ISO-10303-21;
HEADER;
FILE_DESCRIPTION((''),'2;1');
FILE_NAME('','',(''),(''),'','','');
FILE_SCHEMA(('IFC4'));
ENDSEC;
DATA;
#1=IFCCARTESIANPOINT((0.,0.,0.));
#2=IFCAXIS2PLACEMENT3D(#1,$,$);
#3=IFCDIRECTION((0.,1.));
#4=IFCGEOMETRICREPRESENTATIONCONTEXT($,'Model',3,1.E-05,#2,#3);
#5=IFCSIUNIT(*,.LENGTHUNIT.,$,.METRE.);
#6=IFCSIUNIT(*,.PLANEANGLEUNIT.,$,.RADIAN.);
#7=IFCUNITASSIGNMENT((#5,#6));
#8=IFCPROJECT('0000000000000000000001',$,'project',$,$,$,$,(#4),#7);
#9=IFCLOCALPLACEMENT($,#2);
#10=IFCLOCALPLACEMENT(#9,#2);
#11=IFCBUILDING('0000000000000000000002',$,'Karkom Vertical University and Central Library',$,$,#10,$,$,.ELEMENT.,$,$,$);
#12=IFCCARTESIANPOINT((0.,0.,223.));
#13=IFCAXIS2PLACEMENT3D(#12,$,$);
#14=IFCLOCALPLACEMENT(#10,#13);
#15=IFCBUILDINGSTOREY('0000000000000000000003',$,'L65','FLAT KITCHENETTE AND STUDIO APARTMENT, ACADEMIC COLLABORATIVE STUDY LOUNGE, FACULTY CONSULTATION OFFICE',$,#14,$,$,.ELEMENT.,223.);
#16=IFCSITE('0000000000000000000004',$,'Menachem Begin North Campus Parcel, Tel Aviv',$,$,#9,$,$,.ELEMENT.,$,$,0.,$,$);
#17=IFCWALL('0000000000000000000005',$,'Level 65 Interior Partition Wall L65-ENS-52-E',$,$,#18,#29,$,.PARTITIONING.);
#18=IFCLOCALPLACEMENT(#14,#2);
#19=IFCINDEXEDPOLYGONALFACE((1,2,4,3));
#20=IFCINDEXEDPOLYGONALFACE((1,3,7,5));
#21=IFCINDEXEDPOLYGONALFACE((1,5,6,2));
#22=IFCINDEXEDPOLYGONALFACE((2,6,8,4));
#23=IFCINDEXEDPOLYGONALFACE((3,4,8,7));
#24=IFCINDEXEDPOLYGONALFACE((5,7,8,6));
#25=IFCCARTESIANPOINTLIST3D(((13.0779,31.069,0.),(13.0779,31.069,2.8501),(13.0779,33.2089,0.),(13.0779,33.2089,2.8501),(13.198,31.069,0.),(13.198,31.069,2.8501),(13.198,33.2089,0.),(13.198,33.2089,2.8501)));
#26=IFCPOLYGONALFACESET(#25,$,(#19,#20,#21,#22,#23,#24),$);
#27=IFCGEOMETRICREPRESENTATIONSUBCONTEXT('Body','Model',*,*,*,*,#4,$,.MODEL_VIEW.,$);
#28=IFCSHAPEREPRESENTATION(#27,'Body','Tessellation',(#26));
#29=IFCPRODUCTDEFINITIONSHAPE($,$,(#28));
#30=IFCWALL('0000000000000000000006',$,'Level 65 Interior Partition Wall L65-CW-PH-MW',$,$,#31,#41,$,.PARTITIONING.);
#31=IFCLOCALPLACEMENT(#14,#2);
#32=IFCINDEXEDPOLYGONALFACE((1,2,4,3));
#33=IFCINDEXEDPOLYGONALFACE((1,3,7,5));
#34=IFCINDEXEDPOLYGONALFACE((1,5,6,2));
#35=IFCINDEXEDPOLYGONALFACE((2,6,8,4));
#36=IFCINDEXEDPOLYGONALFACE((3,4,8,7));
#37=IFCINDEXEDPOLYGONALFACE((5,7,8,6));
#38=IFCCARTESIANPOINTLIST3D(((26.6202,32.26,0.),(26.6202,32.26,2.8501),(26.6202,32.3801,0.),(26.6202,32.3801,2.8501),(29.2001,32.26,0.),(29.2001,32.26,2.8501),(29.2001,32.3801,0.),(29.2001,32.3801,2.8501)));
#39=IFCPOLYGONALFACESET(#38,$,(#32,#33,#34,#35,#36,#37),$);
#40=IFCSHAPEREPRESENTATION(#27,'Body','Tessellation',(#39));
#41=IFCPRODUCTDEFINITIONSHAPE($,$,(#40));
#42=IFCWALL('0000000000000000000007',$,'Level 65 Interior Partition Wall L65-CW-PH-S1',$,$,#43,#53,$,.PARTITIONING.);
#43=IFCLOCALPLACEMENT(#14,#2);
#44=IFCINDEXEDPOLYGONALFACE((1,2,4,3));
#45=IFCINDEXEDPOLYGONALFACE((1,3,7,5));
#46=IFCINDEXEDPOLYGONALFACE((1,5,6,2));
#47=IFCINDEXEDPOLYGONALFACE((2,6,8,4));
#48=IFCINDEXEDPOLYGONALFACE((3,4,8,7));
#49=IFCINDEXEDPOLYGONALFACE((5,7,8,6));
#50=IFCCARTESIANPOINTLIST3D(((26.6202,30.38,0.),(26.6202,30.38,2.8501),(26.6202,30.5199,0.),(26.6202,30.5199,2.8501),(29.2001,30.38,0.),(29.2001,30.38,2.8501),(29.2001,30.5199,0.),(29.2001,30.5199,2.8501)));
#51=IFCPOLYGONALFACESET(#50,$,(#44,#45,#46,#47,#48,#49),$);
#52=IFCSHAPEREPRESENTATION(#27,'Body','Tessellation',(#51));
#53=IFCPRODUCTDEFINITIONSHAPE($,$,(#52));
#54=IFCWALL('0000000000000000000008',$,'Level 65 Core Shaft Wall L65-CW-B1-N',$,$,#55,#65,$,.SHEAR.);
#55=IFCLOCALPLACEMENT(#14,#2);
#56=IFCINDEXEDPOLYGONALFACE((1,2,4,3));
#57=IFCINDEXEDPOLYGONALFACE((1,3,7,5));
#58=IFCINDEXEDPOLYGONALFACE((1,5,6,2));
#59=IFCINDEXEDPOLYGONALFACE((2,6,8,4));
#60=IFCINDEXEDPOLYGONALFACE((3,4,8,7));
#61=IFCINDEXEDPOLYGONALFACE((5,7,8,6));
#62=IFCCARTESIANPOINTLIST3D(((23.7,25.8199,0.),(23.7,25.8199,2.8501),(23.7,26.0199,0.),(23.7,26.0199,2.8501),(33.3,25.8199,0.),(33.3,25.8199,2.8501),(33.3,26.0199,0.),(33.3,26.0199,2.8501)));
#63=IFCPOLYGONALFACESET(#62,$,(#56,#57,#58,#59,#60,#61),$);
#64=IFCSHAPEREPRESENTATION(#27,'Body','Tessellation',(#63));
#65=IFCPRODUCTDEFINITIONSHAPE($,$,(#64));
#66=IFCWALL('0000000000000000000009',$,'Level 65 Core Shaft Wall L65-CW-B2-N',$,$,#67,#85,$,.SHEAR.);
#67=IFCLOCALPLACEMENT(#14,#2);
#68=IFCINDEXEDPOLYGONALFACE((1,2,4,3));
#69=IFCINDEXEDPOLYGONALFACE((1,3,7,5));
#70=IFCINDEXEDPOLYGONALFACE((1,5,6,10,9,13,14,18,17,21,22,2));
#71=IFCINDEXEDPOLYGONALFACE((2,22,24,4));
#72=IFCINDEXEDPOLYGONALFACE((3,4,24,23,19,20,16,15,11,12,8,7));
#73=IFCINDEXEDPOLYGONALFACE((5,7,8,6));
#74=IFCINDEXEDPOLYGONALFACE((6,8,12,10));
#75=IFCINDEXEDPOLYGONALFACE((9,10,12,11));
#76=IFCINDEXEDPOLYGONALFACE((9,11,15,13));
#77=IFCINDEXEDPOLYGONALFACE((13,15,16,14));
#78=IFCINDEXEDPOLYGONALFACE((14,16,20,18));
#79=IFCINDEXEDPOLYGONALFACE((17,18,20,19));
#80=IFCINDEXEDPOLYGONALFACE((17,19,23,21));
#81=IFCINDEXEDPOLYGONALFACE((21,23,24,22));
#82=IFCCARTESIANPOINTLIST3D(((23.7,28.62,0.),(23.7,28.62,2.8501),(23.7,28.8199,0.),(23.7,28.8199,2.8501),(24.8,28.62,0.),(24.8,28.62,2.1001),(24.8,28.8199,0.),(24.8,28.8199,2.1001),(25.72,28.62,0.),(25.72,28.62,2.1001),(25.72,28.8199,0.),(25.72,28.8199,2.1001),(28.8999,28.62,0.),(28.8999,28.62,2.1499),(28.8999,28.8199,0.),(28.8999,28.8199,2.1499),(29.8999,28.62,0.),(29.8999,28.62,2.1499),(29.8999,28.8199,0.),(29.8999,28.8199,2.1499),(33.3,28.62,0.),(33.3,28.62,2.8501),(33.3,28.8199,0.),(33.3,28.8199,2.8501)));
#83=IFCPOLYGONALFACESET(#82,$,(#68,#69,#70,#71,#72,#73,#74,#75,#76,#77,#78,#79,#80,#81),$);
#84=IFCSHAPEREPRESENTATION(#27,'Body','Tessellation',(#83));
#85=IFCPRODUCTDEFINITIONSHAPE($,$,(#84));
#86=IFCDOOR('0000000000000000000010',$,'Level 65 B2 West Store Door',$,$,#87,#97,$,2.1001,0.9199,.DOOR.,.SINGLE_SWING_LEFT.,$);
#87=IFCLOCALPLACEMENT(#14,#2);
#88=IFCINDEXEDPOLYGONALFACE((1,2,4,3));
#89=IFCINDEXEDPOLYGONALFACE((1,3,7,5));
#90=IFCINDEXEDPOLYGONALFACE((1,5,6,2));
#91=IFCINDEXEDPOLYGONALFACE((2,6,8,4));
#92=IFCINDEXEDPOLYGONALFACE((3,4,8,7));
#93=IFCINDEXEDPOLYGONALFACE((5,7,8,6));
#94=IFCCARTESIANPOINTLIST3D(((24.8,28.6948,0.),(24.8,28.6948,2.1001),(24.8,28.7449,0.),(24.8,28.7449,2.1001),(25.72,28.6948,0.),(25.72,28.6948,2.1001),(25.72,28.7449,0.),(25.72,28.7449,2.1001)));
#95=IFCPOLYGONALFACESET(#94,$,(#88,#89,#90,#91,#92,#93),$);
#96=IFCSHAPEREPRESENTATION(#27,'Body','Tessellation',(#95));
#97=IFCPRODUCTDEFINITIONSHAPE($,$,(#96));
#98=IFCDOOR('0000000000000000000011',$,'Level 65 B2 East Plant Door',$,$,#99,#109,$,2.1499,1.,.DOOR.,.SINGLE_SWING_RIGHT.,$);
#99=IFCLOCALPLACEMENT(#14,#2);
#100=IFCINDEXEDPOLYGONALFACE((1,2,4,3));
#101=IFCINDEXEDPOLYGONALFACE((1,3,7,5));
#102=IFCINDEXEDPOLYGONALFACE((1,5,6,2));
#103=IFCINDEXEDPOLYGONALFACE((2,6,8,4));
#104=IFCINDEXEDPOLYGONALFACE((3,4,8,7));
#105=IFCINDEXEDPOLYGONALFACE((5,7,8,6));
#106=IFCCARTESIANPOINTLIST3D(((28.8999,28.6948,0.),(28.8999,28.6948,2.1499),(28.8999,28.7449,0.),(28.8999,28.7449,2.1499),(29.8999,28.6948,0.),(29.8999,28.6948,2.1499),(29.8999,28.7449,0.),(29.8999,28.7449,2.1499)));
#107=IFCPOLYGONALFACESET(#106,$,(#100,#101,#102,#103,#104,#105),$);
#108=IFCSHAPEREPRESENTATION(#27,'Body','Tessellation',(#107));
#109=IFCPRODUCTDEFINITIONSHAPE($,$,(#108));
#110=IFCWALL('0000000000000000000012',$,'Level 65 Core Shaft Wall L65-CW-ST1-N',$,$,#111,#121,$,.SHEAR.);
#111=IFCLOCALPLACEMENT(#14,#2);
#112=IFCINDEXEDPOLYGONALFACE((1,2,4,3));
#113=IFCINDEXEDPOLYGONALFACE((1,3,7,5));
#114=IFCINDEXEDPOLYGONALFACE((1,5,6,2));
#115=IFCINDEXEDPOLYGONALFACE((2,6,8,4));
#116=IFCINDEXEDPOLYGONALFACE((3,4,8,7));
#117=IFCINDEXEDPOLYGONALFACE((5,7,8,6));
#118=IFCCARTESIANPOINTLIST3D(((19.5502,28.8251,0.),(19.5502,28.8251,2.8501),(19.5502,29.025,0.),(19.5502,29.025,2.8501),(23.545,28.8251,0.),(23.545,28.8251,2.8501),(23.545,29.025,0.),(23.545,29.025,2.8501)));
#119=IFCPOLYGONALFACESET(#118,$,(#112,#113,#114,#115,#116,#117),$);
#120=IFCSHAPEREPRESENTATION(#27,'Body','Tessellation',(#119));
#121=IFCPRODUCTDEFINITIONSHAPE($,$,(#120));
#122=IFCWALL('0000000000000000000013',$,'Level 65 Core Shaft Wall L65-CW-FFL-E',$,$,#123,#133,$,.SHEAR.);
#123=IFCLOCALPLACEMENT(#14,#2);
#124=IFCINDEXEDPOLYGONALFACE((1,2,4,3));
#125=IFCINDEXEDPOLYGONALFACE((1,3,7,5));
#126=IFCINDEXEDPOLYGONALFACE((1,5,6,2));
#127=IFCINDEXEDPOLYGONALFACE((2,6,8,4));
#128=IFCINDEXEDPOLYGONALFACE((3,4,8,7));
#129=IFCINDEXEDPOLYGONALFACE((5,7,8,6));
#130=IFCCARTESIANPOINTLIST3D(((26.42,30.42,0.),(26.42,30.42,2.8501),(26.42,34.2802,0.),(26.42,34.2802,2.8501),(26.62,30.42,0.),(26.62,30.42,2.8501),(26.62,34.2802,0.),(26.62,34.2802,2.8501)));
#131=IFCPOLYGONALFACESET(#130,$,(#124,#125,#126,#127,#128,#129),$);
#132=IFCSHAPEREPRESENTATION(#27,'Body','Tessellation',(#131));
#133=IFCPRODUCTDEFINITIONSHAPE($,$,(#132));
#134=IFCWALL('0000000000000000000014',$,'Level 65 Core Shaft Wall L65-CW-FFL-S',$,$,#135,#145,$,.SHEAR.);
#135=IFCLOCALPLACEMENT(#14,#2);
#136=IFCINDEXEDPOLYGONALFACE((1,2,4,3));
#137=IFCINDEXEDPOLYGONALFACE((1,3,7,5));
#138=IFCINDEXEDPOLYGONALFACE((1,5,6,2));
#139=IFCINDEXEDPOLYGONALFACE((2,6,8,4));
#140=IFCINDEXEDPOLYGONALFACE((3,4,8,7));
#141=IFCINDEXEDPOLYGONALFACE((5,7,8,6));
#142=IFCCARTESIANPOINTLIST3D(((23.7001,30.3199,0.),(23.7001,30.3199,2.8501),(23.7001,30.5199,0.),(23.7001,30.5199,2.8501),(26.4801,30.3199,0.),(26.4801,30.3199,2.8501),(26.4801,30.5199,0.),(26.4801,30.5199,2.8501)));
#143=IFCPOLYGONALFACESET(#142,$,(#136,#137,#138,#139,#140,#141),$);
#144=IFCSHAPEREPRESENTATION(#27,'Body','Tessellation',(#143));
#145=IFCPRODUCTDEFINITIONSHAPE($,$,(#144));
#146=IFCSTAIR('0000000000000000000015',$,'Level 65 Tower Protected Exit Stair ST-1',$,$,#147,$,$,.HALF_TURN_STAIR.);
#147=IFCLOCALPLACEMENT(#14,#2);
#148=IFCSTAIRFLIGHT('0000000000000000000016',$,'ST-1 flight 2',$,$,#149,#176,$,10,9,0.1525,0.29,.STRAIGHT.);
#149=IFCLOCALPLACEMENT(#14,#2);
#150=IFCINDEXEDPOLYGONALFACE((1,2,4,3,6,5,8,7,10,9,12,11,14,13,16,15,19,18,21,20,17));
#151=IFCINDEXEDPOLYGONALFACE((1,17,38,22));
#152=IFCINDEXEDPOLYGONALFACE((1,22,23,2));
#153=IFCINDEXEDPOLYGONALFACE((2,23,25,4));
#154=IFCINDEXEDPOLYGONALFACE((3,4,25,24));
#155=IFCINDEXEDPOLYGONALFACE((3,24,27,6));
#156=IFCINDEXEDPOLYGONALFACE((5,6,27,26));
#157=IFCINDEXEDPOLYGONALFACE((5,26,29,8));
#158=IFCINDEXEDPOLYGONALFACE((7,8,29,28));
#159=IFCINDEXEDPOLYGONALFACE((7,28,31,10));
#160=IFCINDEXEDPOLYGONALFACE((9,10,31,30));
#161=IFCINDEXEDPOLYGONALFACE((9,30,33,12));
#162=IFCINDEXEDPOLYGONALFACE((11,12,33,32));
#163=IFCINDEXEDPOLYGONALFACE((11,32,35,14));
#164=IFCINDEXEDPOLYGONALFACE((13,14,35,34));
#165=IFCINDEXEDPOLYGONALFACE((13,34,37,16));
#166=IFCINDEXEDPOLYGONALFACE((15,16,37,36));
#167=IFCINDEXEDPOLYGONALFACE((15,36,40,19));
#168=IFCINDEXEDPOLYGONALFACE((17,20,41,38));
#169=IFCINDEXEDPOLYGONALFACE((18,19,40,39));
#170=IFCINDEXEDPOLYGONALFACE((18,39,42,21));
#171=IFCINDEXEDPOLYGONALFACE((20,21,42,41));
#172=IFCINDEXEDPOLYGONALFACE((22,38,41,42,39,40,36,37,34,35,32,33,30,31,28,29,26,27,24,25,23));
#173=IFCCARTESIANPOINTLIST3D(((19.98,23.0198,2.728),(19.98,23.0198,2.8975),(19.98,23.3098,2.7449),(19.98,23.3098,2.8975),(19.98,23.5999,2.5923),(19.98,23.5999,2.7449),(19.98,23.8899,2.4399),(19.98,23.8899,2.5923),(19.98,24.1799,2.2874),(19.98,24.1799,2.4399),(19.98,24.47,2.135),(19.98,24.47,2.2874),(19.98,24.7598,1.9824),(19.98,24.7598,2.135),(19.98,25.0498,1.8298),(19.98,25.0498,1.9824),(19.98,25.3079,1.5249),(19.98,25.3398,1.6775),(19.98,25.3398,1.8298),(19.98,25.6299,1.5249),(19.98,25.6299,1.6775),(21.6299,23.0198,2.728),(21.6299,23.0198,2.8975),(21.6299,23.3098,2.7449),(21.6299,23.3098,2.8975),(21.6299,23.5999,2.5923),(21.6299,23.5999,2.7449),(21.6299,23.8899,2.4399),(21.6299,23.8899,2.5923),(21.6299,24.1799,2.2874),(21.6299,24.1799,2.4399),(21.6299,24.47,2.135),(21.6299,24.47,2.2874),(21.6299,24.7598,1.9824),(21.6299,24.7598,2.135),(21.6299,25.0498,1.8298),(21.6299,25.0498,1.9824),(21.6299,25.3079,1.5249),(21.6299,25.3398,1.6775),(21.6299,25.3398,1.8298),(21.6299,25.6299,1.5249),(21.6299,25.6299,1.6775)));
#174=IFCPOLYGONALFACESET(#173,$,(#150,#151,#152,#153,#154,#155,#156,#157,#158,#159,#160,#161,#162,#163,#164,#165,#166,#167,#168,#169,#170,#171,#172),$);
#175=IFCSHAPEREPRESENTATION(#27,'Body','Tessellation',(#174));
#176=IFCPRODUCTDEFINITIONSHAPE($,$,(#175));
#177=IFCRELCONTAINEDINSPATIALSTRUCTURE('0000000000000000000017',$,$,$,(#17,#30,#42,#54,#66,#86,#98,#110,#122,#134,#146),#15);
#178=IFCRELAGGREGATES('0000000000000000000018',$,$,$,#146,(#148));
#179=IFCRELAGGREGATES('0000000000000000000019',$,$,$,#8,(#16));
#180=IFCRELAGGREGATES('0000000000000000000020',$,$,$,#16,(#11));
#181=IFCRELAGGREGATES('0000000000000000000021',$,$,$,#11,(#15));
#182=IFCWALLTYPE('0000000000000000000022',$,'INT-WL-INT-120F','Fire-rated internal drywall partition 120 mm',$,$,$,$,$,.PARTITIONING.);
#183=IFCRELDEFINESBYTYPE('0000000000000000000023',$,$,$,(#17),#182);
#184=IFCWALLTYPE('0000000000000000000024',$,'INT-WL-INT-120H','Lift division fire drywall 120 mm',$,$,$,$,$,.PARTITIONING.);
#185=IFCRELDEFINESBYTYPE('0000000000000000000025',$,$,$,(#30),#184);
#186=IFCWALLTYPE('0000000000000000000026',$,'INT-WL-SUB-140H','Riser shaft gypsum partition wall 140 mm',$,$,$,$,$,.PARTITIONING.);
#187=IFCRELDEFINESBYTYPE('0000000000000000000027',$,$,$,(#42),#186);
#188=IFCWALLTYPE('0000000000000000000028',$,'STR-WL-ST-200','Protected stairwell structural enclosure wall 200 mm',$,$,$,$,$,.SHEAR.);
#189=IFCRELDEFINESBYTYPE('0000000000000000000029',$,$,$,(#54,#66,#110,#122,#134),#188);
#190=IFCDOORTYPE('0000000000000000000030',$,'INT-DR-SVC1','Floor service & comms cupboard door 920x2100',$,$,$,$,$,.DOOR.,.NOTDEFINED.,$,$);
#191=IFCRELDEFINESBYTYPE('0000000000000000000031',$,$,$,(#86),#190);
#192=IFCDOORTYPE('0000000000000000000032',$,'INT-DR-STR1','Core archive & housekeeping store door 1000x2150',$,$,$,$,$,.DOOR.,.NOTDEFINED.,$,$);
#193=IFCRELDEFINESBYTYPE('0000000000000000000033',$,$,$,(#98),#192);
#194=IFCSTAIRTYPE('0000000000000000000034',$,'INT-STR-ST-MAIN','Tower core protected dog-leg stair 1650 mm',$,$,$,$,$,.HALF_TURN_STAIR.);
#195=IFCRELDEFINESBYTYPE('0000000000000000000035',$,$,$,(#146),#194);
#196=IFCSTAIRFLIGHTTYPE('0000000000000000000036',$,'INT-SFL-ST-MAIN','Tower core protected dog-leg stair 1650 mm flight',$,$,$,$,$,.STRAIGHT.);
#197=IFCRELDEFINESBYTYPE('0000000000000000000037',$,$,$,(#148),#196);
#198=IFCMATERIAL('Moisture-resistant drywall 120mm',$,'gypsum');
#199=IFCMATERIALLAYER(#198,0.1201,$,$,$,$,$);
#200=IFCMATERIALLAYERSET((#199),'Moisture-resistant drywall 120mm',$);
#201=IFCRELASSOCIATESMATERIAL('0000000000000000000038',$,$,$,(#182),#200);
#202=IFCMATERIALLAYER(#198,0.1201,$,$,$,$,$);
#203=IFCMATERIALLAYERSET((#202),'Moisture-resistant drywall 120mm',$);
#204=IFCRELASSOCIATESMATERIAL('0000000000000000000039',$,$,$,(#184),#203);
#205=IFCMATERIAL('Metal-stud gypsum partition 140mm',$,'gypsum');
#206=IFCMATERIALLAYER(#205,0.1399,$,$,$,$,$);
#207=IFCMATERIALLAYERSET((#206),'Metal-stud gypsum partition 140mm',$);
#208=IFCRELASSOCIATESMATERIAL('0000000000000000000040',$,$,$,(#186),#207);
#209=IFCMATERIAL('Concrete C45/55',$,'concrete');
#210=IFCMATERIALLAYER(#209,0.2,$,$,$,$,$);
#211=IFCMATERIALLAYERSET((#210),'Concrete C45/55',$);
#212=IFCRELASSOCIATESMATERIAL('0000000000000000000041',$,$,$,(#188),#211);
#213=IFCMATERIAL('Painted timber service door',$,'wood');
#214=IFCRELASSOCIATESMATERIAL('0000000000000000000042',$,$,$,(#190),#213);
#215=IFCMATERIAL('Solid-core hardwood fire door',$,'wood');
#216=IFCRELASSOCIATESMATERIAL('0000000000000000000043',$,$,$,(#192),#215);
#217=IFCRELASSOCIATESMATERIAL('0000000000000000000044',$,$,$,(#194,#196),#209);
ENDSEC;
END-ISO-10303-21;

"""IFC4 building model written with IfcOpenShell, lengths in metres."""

from ifc_helpers import new_model, si_unit, direction, frame, frame_2d, origin, origin_with_axes, place, context, subcontext, project, spatial, polyline, rectangle, outline, extrude, source, transform, mapped, material, layer, layer_set, type_object, element, fill, aggregate, save


model = new_model("IFC4")

# Units and contexts
model_context = context("Model", 3, precision=1e-05, world=origin(), true_north=direction((0.0, 1.0)))
body_context = subcontext(model_context, "Body", "Model", "MODEL_VIEW")
ifc_project = project(units=[si_unit("LENGTHUNIT", "METRE"), si_unit("PLANEANGLEUNIT", "RADIAN")], contexts=[model_context])

# Site, building, storey
site_placement = place(None, origin())
site = spatial("IfcSite", under=ifc_project, at=site_placement, Name="Menachem Begin North Campus Parcel, Tel Aviv", CompositionType="ELEMENT", RefElevation=0.0)
building_placement = place(site_placement, origin())
building = spatial("IfcBuilding", under=site, at=building_placement, Name="Karkom Vertical University and Central Library", CompositionType="ELEMENT")
storey_placement = place(building_placement, frame((0.0, 0.0, 223.0)))
storey = spatial("IfcBuildingStorey", under=building, at=storey_placement, Name="L65", Description="FLAT KITCHENETTE AND STUDIO APARTMENT, ACADEMIC COLLABORATIVE STUDY LOUNGE, FACULTY CONSULTATION OFFICE", CompositionType="ELEMENT", Elevation=223.0)

# Shared definitions
ifc_material_1 = material(Name="Moisture-resistant drywall 120mm", Category="gypsum")

# Shared definitions
ifc_layer_1 = layer(ifc_material_1, 0.1201)
ifc_layer_set_1 = layer_set([ifc_layer_1], Name="Moisture-resistant drywall 120mm")
wall_type_1 = type_object("IfcWallType", Name="INT-WL-INT-120F", Description="Fire-rated internal drywall partition 120 mm", PredefinedType="PARTITIONING", material=ifc_layer_set_1)

# Walls
wall_1_placement = place(storey_placement, frame((13.1379, 31.0691, 0.0), z_axis=(0.0, 0.0, 1.0), x_axis=(0.0, 1.0, 0.0)))
element("IfcWall", 1, at=wall_1_placement, inside=storey, type_object=wall_type_1, Name="Level 65 Interior Partition Wall L65-ENS-52-E", PredefinedType="PARTITIONING", context=body_context, shape_type="SweptSolid", body=[
    extrude(rectangle(XDim=2.1399, YDim=0.1201, at=frame_2d((1.0698, 0.0))), origin(), (0.0, 0.0, 1.0), 2.8501),
])
ifc_layer_2 = layer(ifc_material_1, 0.1201)
ifc_layer_set_2 = layer_set([ifc_layer_2], Name="Moisture-resistant drywall 120mm")
wall_type_2 = type_object("IfcWallType", Name="INT-WL-INT-120H", Description="Lift division fire drywall 120 mm", PredefinedType="PARTITIONING", material=ifc_layer_set_2)
wall_2_placement = place(storey_placement, frame((26.6201, 32.3201, 0.0), z_axis=(0.0, 0.0, 1.0), x_axis=(1.0, 0.0, 0.0)))
element("IfcWall", 2, at=wall_2_placement, inside=storey, type_object=wall_type_2, Name="Level 65 Interior Partition Wall L65-CW-PH-MW", PredefinedType="PARTITIONING", context=body_context, shape_type="SweptSolid", body=[
    extrude(rectangle(XDim=2.5798, YDim=0.1201, at=frame_2d((1.29, 0.0))), origin(), (0.0, 0.0, 1.0), 2.8501),
])
ifc_material_2 = material(Name="Metal-stud gypsum partition 140mm", Category="gypsum")
ifc_layer_3 = layer(ifc_material_2, 0.1399)
ifc_layer_set_3 = layer_set([ifc_layer_3], Name="Metal-stud gypsum partition 140mm")
wall_type_3 = type_object("IfcWallType", Name="INT-WL-SUB-140H", Description="Riser shaft gypsum partition wall 140 mm", PredefinedType="PARTITIONING", material=ifc_layer_set_3)
wall_3_placement = place(storey_placement, frame((26.6201, 30.45, 0.0), z_axis=(0.0, 0.0, 1.0), x_axis=(1.0, 0.0, 0.0)))
element("IfcWall", 3, at=wall_3_placement, inside=storey, type_object=wall_type_3, Name="Level 65 Interior Partition Wall L65-CW-PH-S1", PredefinedType="PARTITIONING", context=body_context, shape_type="SweptSolid", body=[
    extrude(rectangle(XDim=2.5798, YDim=0.1399, at=frame_2d((1.29, 0.0))), origin(), (0.0, 0.0, 1.0), 2.8501),
])
ifc_material_3 = material(Name="Concrete C45/55", Category="concrete")
ifc_layer_4 = layer(ifc_material_3, 0.2)
ifc_layer_set_4 = layer_set([ifc_layer_4], Name="Concrete C45/55")
wall_type_4 = type_object("IfcWallType", Name="STR-WL-ST-200", Description="Protected stairwell structural enclosure wall 200 mm", PredefinedType="SHEAR", material=ifc_layer_set_4)
wall_4_placement = place(storey_placement, frame((23.7, 25.9199, 0.0), z_axis=(0.0, 0.0, 1.0), x_axis=(1.0, 0.0, 0.0)))
element("IfcWall", 4, at=wall_4_placement, inside=storey, type_object=wall_type_4, Name="Level 65 Core Shaft Wall L65-CW-B1-N", PredefinedType="SHEAR", context=body_context, shape_type="SweptSolid", body=[
    extrude(rectangle(XDim=9.6001, YDim=0.2, at=frame_2d((4.8, 0.0))), origin(), (0.0, 0.0, 1.0), 2.8501),
])

# Wall, openings, doors
wall_5_placement = place(storey_placement, frame((23.7, 28.72, 0.0), z_axis=(0.0, 0.0, 1.0), x_axis=(1.0, 0.0, 0.0)))
wall_5 = element("IfcWall", 5, at=wall_5_placement, inside=storey, type_object=wall_type_4, Name="Level 65 Core Shaft Wall L65-CW-B2-N", PredefinedType="SHEAR", context=body_context, shape_type="SweptSolid", body=[
    extrude(rectangle(XDim=9.6001, YDim=0.2, at=frame_2d((4.8, 0.0))), origin(), (0.0, 0.0, 1.0), 2.8501),
])
opening_1_placement = place(wall_5_placement, frame((1.1001, 0.0, 0.0)))
opening_1 = element("IfcOpeningElement", 6, at=opening_1_placement, cuts=wall_5, PredefinedType="OPENING", context=body_context, shape_type="SweptSolid", body=[
    extrude(rectangle(XDim=0.9199, YDim=2.1001, at=frame_2d((0.46, 1.05))), frame((0.0, 0.1099, 0.0), z_axis=(0.0, -1.0, 0.0), x_axis=(1.0, 0.0, 0.0)), (0.0, 0.0, 1.0), 0.22),
])
opening_2_placement = place(wall_5_placement, frame((5.2, 0.0, 0.0)))
opening_2 = element("IfcOpeningElement", 7, at=opening_2_placement, cuts=wall_5, PredefinedType="OPENING", context=body_context, shape_type="SweptSolid", body=[
    extrude(rectangle(XDim=1.0, YDim=2.1499, at=frame_2d((0.5, 1.075))), frame((0.0, 0.1099, 0.0), z_axis=(0.0, -1.0, 0.0), x_axis=(1.0, 0.0, 0.0)), (0.0, 0.0, 1.0), 0.22),
])
ifc_material_4 = material(Name="Painted timber service door", Category="wood")
door_type_1 = type_object("IfcDoorType", Name="INT-DR-SVC1", Description="Floor service & comms cupboard door 920x2100", OperationType="NOTDEFINED", PredefinedType="DOOR", material=ifc_material_4)
shared_shape_1 = source(origin_with_axes(), body_context, "Body", "SweptSolid", [
    extrude(rectangle(XDim=0.9199, YDim=2.1001, at=frame_2d((0.46, 1.05))), frame((0.0, 0.0249, 0.0), z_axis=(0.0, -1.0, 0.0), x_axis=(1.0, 0.0, 0.0)), (0.0, 0.0, 1.0), 0.05),
])
door_1_placement = place(opening_1_placement, origin())
door_1 = element("IfcDoor", 8, at=door_1_placement, inside=storey, type_object=door_type_1, Name="Level 65 B2 West Store Door", OperationType="SINGLE_SWING_LEFT", OverallHeight=2.1001, OverallWidth=0.9199, PredefinedType="DOOR", context=body_context, shape_type="MappedRepresentation", body=[
    mapped(shared_shape_1, transform((0.0, 0.0, 0.0), scale=1.0)),
])
fill(opening_1, door_1)
ifc_material_5 = material(Name="Solid-core hardwood fire door", Category="wood")
door_type_2 = type_object("IfcDoorType", Name="INT-DR-STR1", Description="Core archive & housekeeping store door 1000x2150", OperationType="NOTDEFINED", PredefinedType="DOOR", material=ifc_material_5)
shared_shape_2 = source(origin_with_axes(), body_context, "Body", "SweptSolid", [
    extrude(rectangle(XDim=1.0, YDim=2.1499, at=frame_2d((0.5, 1.075))), frame((0.0, 0.0249, 0.0), z_axis=(0.0, -1.0, 0.0), x_axis=(1.0, 0.0, 0.0)), (0.0, 0.0, 1.0), 0.05),
])
door_2_placement = place(opening_2_placement, origin())
door_2 = element("IfcDoor", 9, at=door_2_placement, inside=storey, type_object=door_type_2, Name="Level 65 B2 East Plant Door", OperationType="SINGLE_SWING_RIGHT", OverallHeight=2.1499, OverallWidth=1.0, PredefinedType="DOOR", context=body_context, shape_type="MappedRepresentation", body=[
    mapped(shared_shape_2, transform((0.0, 0.0, 0.0), scale=1.0)),
])
fill(opening_2, door_2)

# Walls
wall_6_placement = place(storey_placement, frame((19.55, 28.925, 0.0), z_axis=(0.0, 0.0, 1.0), x_axis=(1.0, 0.0, 0.0)))
element("IfcWall", 10, at=wall_6_placement, inside=storey, type_object=wall_type_4, Name="Level 65 Core Shaft Wall L65-CW-ST1-N", PredefinedType="SHEAR", context=body_context, shape_type="SweptSolid", body=[
    extrude(rectangle(XDim=3.9949, YDim=0.2, at=frame_2d((1.9976, 0.0))), origin(), (0.0, 0.0, 1.0), 2.8501),
])
wall_7_placement = place(storey_placement, frame((26.52, 30.4199, 0.0), z_axis=(0.0, 0.0, 1.0), x_axis=(0.0, 1.0, 0.0)))
element("IfcWall", 11, at=wall_7_placement, inside=storey, type_object=wall_type_4, Name="Level 65 Core Shaft Wall L65-CW-FFL-E", PredefinedType="SHEAR", context=body_context, shape_type="SweptSolid", body=[
    extrude(rectangle(XDim=3.8601, YDim=0.2, at=frame_2d((1.9302, 0.0))), origin(), (0.0, 0.0, 1.0), 2.8501),
])
wall_8_placement = place(storey_placement, frame((23.7, 30.4199, 0.0), z_axis=(0.0, 0.0, 1.0), x_axis=(1.0, 0.0, 0.0)))
element("IfcWall", 12, at=wall_8_placement, inside=storey, type_object=wall_type_4, Name="Level 65 Core Shaft Wall L65-CW-FFL-S", PredefinedType="SHEAR", context=body_context, shape_type="SweptSolid", body=[
    extrude(rectangle(XDim=2.78, YDim=0.2, at=frame_2d((1.3901, 0.0))), origin(), (0.0, 0.0, 1.0), 2.8501),
])

# Stair, stair flight
stair_type = type_object("IfcStairType", Name="INT-STR-ST-MAIN", Description="Tower core protected dog-leg stair 1650 mm", PredefinedType="HALF_TURN_STAIR", material=ifc_material_3)
stair_placement = place(storey_placement, origin())
stair = element("IfcStair", 13, at=stair_placement, inside=storey, type_object=stair_type, Name="Level 65 Tower Protected Exit Stair ST-1", PredefinedType="HALF_TURN_STAIR")
stair_flight_type = type_object("IfcStairFlightType", Name="INT-SFL-ST-MAIN", Description="Tower core protected dog-leg stair 1650 mm flight", PredefinedType="STRAIGHT", material=ifc_material_3)
stair_flight_placement = place(storey_placement, frame((20.8049, 25.6299, 1.5249), z_axis=(0.0, 0.0, 1.0), x_axis=(0.0, -1.0, 0.0)))
stair_flight = element("IfcStairFlight", 14, at=stair_flight_placement, type_object=stair_flight_type, Name="ST-1 flight 2", NumberOfRisers=10, NumberOfTreads=9, PredefinedType="STRAIGHT", RiserHeight=0.1525, TreadLength=0.29, context=body_context, shape_type="SweptSolid", body=[
    extrude(outline(polyline([(0.0, 0.0), (0.0, 0.1526), (0.29, 0.1526), (0.29, 0.3049), (0.5801, 0.3049), (0.5801, 0.4575), (0.8701, 0.4575), (0.8701, 0.6101), (1.1599, 0.6101), (1.1599, 0.7625), (1.45, 0.7625), (1.45, 0.915), (1.74, 0.915), (1.74, 1.0674), (2.03, 1.0674), (2.03, 1.22), (2.3201, 1.22), (2.3201, 1.3726), (2.6101, 1.3726), (2.6101, 1.5249), (2.6101, 1.2031), (0.322, 0.0), (0.0, 0.0)])), frame((0.0, 0.825, 0.0), z_axis=(0.0, -1.0, 0.0), x_axis=(1.0, 0.0, 0.0)), (0.0, 0.0, 1.0), 1.6499),
])
aggregate(stair, [stair_flight])

save(model, "model.ifc")
